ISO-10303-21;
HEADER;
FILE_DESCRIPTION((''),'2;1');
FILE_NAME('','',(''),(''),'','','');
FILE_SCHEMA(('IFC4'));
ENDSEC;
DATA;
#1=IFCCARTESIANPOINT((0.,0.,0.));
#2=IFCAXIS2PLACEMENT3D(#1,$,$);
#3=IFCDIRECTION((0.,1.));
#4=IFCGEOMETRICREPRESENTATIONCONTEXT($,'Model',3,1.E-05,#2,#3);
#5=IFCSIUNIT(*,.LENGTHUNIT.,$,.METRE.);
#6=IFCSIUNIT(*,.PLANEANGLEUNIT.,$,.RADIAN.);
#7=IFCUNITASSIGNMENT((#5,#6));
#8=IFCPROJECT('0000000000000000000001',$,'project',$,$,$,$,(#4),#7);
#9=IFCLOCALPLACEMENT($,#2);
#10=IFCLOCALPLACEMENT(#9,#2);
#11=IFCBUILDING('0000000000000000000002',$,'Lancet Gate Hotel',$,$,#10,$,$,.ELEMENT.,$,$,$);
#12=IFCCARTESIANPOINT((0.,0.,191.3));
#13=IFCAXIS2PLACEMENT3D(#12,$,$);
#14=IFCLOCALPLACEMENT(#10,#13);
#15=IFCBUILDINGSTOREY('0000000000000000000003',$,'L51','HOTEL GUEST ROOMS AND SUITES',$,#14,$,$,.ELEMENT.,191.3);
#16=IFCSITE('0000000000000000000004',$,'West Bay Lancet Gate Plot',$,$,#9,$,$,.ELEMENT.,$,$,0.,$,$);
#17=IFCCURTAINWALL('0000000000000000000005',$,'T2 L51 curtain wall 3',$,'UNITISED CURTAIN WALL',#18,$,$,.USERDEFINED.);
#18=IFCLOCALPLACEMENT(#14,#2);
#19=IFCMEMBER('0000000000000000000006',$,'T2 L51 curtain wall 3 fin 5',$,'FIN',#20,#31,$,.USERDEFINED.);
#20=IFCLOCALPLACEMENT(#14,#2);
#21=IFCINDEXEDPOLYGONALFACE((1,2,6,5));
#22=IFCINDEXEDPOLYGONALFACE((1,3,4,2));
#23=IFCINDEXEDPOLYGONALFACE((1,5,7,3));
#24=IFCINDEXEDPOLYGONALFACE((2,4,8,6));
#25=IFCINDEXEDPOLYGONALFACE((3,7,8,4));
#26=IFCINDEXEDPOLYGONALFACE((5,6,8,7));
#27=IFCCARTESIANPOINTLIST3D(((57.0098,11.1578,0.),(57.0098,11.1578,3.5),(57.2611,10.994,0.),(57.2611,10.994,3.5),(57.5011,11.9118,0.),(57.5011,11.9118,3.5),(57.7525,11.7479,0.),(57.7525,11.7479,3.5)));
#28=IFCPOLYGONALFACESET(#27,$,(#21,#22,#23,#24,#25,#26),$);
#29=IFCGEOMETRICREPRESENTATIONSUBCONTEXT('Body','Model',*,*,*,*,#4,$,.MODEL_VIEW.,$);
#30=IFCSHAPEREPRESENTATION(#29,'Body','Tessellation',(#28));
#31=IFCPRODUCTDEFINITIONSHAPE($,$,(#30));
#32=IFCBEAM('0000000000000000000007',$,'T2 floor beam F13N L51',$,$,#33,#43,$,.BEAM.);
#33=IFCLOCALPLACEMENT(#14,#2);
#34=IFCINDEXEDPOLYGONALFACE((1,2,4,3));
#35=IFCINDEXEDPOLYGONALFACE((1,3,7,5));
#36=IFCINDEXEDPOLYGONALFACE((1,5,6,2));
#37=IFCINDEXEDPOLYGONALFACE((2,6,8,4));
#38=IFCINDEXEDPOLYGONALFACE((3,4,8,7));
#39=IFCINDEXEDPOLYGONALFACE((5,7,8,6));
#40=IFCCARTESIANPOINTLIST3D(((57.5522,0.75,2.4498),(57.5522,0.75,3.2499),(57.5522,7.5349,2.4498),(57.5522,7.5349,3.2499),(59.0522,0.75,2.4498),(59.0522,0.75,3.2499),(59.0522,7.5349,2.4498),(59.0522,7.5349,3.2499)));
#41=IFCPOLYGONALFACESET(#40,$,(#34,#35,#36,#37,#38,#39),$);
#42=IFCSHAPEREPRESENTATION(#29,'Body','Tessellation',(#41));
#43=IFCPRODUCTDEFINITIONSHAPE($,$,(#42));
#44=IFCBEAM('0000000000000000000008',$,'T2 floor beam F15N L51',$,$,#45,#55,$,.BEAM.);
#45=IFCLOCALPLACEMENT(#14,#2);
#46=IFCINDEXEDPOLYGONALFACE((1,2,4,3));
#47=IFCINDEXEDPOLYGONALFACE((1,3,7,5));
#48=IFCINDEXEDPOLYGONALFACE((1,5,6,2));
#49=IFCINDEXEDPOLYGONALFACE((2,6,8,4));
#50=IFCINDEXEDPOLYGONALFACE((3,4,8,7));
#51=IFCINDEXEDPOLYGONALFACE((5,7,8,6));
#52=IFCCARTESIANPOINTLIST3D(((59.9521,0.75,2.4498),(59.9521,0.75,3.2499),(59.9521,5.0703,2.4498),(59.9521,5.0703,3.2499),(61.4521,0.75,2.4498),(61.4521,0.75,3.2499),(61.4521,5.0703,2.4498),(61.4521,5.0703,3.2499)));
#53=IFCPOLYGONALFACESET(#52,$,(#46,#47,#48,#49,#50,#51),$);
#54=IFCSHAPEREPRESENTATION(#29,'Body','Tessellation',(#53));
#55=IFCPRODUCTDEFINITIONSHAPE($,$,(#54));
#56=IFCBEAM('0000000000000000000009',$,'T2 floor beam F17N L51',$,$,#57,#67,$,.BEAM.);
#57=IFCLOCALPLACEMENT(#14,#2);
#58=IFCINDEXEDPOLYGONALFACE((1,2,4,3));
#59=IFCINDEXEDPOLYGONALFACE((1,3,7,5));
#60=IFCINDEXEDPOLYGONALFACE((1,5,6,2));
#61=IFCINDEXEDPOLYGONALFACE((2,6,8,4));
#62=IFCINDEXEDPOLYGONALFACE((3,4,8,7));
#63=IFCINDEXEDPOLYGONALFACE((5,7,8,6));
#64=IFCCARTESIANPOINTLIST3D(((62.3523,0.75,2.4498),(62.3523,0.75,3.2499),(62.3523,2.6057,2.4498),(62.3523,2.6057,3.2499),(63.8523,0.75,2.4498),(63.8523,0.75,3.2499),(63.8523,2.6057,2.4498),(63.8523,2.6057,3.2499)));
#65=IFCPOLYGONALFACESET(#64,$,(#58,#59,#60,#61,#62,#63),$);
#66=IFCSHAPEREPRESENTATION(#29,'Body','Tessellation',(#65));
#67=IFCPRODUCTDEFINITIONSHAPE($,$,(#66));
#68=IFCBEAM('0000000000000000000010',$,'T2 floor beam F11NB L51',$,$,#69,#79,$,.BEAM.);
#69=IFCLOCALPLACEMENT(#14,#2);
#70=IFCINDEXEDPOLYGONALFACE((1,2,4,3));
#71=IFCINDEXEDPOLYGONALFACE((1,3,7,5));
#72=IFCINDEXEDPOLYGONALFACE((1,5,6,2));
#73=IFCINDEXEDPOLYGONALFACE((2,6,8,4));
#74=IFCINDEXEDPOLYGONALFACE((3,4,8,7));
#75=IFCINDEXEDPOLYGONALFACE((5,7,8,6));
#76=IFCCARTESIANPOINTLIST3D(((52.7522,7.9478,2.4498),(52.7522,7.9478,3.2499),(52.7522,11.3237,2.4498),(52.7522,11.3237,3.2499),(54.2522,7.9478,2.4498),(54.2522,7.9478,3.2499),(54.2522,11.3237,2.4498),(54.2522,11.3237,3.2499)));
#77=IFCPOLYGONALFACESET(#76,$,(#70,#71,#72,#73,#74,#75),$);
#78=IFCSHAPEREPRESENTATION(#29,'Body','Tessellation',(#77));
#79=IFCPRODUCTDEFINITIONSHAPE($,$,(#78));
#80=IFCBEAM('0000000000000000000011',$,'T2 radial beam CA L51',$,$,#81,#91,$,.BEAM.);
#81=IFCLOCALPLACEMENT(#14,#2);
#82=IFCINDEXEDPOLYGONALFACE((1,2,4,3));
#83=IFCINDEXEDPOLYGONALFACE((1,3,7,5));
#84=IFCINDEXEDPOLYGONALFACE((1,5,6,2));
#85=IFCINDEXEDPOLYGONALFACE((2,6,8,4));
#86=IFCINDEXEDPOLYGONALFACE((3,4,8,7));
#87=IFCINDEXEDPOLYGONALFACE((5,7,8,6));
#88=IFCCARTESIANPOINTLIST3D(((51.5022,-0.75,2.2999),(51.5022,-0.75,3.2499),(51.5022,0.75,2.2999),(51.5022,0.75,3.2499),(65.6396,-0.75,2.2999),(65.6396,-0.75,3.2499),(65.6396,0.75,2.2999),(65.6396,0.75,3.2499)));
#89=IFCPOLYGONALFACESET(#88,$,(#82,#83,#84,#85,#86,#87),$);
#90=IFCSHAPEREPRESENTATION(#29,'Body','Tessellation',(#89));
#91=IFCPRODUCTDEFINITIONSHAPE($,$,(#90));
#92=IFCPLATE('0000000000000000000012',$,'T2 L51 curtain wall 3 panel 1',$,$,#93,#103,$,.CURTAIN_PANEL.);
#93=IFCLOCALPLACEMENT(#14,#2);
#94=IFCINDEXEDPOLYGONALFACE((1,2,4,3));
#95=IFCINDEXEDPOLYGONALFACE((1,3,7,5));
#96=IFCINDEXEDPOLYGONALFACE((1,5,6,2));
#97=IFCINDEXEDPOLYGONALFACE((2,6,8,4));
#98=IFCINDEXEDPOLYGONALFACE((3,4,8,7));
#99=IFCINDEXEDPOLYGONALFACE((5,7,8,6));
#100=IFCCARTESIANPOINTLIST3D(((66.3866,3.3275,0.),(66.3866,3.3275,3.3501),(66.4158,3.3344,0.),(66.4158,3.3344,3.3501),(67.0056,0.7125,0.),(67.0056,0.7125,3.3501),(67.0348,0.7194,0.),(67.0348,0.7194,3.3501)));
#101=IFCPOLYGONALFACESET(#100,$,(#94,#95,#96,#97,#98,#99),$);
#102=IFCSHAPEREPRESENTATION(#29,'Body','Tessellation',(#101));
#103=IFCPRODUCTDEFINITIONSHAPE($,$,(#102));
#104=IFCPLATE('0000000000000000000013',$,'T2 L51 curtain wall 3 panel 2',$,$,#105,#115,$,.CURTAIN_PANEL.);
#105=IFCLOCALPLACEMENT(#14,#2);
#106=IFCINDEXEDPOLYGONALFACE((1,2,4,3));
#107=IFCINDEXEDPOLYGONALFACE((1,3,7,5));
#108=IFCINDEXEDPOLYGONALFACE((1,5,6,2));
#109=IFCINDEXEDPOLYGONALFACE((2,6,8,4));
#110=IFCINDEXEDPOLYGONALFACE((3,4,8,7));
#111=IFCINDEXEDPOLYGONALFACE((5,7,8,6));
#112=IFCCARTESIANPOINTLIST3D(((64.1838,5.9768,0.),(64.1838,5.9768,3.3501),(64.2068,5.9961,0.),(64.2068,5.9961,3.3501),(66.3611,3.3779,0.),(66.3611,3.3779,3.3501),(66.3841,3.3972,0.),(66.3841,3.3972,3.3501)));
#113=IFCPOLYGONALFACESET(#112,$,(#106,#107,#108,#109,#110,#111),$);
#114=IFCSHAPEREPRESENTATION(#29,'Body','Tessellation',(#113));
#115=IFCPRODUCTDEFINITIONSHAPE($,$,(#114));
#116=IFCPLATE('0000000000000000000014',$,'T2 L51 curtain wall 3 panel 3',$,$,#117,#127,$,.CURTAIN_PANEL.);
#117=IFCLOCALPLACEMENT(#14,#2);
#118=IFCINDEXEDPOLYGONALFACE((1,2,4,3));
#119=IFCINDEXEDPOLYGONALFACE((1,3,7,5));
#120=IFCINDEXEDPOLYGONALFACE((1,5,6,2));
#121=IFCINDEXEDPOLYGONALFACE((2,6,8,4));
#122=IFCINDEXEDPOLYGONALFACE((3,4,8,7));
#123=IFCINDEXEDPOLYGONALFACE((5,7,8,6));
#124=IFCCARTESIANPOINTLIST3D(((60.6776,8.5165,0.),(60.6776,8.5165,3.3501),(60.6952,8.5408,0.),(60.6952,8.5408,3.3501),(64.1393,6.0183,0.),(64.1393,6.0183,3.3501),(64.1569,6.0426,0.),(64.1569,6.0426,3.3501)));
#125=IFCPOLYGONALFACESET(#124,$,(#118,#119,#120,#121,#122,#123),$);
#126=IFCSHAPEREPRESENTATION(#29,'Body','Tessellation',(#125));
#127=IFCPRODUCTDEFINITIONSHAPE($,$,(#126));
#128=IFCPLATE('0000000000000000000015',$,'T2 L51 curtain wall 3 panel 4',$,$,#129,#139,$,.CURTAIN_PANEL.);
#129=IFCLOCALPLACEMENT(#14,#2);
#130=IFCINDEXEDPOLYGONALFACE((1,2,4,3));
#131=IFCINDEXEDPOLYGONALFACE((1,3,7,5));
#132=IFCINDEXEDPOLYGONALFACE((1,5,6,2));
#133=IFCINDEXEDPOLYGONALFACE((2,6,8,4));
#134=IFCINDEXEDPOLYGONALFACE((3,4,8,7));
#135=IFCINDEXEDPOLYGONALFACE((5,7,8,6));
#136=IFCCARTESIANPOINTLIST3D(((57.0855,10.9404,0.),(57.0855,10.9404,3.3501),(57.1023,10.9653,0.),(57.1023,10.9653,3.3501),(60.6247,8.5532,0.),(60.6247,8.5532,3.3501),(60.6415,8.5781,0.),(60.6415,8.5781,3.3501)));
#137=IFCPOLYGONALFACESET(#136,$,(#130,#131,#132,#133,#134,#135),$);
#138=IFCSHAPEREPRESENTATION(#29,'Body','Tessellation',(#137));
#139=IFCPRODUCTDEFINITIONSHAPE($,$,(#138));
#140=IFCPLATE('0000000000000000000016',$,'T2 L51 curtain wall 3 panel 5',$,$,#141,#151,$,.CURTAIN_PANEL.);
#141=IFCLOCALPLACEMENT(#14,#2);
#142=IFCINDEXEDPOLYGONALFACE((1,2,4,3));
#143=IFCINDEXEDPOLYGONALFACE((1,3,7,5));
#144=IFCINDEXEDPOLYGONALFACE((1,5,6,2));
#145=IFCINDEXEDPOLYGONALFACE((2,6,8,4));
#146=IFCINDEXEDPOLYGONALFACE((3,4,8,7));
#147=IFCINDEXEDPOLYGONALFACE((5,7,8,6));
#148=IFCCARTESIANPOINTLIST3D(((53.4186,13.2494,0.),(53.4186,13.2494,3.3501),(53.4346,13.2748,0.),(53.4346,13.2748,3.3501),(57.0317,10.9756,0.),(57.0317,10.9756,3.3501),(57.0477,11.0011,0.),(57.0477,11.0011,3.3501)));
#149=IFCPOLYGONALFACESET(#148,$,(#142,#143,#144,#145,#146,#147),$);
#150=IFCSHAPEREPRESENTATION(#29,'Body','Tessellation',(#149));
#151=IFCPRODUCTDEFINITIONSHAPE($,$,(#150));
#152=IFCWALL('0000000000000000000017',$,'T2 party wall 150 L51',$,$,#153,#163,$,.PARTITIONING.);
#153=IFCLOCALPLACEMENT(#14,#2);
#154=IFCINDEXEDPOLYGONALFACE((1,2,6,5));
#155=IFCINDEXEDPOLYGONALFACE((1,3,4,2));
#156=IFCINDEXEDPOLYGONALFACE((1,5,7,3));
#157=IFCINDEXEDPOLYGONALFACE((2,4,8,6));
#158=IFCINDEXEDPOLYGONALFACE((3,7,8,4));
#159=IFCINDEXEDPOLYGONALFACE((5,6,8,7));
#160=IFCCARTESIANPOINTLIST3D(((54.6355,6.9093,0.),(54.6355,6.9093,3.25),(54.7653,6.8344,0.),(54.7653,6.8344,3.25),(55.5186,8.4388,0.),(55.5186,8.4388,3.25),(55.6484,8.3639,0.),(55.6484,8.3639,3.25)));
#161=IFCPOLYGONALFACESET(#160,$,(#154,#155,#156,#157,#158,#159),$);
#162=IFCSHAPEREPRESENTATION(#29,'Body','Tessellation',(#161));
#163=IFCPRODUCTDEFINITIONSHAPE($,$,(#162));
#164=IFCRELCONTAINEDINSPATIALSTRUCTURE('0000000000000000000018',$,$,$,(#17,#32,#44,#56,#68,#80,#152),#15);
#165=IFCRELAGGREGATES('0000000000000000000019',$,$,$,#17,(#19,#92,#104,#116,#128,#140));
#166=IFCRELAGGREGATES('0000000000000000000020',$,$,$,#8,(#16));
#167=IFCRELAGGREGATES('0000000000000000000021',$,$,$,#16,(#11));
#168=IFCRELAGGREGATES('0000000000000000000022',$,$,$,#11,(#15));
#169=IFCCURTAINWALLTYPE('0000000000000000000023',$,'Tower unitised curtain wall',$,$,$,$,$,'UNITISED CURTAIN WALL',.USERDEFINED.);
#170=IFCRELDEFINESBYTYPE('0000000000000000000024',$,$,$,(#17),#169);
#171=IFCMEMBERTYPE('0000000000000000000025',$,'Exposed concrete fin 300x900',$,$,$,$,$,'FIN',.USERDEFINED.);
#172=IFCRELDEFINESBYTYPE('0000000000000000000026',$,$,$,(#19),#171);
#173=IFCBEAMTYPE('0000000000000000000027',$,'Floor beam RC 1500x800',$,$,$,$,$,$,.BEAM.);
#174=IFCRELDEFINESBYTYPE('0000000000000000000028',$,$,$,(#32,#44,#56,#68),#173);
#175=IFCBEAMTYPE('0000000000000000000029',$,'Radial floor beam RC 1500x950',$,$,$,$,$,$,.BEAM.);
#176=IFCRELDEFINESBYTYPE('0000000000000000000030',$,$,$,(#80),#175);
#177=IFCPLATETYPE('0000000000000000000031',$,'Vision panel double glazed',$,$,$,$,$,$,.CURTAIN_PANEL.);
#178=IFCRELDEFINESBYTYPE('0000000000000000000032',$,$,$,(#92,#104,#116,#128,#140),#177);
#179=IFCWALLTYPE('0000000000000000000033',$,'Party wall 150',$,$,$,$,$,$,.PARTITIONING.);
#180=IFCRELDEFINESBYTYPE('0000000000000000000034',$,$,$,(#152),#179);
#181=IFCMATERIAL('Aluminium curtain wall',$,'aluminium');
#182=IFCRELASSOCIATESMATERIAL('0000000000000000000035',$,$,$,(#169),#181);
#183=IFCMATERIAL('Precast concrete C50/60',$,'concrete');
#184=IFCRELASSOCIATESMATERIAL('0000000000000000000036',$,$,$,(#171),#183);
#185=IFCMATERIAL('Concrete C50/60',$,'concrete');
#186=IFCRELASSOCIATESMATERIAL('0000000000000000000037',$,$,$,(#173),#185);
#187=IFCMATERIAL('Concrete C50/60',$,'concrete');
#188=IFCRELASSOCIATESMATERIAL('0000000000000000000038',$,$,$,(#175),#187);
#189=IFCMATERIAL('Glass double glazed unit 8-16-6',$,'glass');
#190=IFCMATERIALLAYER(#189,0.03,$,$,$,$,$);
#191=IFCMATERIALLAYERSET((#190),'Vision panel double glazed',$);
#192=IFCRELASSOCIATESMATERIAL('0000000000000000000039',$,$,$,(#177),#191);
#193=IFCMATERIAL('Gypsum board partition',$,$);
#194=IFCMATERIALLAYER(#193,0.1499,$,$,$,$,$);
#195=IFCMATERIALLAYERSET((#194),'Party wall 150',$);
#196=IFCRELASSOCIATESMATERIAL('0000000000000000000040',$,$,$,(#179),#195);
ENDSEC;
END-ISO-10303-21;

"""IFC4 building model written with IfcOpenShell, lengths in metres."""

from ifc_helpers import new_model, si_unit, direction, frame, frame_2d, origin, origin_2d, place, context, subcontext, project, spatial, rectangle, extrude, material, layer, layer_set, material_profile, profile_set, type_object, element, aggregate, save


model = new_model("IFC4")

# Units and contexts
model_context = context("Model", 3, precision=1e-05, world=origin(), true_north=direction((0.0, 1.0)))
body_context = subcontext(model_context, "Body", "Model", "MODEL_VIEW")
ifc_project = project(units=[si_unit("LENGTHUNIT", "METRE"), si_unit("PLANEANGLEUNIT", "RADIAN")], contexts=[model_context])

# Site, building, storey
site_placement = place(None, origin())
site = spatial("IfcSite", under=ifc_project, at=site_placement, Name="West Bay Lancet Gate Plot", CompositionType="ELEMENT", RefElevation=0.0)
building_placement = place(site_placement, origin())
building = spatial("IfcBuilding", under=site, at=building_placement, Name="Lancet Gate Hotel", CompositionType="ELEMENT")
storey_placement = place(building_placement, frame((0.0, 0.0, 191.3)))
storey = spatial("IfcBuildingStorey", under=building, at=storey_placement, Name="L51", Description="HOTEL GUEST ROOMS AND SUITES", CompositionType="ELEMENT", Elevation=191.3)

# Curtain wall
ifc_material_1 = material(Name="Aluminium curtain wall", Category="aluminium")
curtain_wall_type = type_object("IfcCurtainWallType", Name="Tower unitised curtain wall", ElementType="UNITISED CURTAIN WALL", PredefinedType="USERDEFINED", material=ifc_material_1)
curtain_wall_placement = place(storey_placement, origin())
curtain_wall = element("IfcCurtainWall", 1, at=curtain_wall_placement, inside=storey, type_object=curtain_wall_type, Name="T2 L51 curtain wall 3", ObjectType="UNITISED CURTAIN WALL", PredefinedType="USERDEFINED")

# Member
ifc_material_2 = material(Name="Precast concrete C50/60", Category="concrete")
ifc_material_profile_1 = material_profile(ifc_material_2, rectangle(XDim=0.3, YDim=0.8999, at=origin_2d()), Name="FIN 300x900")
ifc_profile_set_1 = profile_set([ifc_material_profile_1], Name="Precast concrete C50/60")
member_type_1 = type_object("IfcMemberType", Name="Exposed concrete fin 300x900", ElementType="FIN", PredefinedType="USERDEFINED", material=ifc_profile_set_1)
member_1_placement = place(storey_placement, frame((57.3811, 11.4529, 0.0), z_axis=(0.0, 0.0, 1.0), x_axis=(-0.837801, 0.545976, 0.0)))
member_1 = element("IfcMember", 2, at=member_1_placement, type_object=member_type_1, Name="T2 L51 curtain wall 3 fin 5", ObjectType="FIN", PredefinedType="USERDEFINED", context=body_context, shape_type="SweptSolid", body=[
    extrude(rectangle(XDim=0.3, YDim=0.8999, at=origin_2d()), origin(), (0.0, 0.0, 1.0), 3.5),
])

# Beams
ifc_material_3 = material(Name="Concrete C50/60", Category="concrete")
ifc_material_profile_2 = material_profile(ifc_material_3, rectangle(XDim=1.5, YDim=0.8, at=origin_2d()), Name="RC 1500x800")
ifc_profile_set_2 = profile_set([ifc_material_profile_2], Name="Concrete C50/60")
beam_type_1 = type_object("IfcBeamType", Name="Floor beam RC 1500x800", PredefinedType="BEAM", material=ifc_profile_set_2)
beam_1_placement = place(storey_placement, frame((58.3022, 0.75, 2.8499), z_axis=(0.0, 1.0, 0.0), x_axis=(-1.0, 0.0, 0.0)))
element("IfcBeam", 3, at=beam_1_placement, inside=storey, type_object=beam_type_1, Name="T2 floor beam F13N L51", PredefinedType="BEAM", context=body_context, shape_type="SweptSolid", body=[
    extrude(rectangle(XDim=1.5, YDim=0.8, at=origin_2d()), origin(), (0.0, 0.0, 1.0), 6.7849),
])
beam_2_placement = place(storey_placement, frame((60.7021, 0.75, 2.8499), z_axis=(0.0, 1.0, 0.0), x_axis=(-1.0, 0.0, 0.0)))
element("IfcBeam", 4, at=beam_2_placement, inside=storey, type_object=beam_type_1, Name="T2 floor beam F15N L51", PredefinedType="BEAM", context=body_context, shape_type="SweptSolid", body=[
    extrude(rectangle(XDim=1.5, YDim=0.8, at=origin_2d()), origin(), (0.0, 0.0, 1.0), 4.3203),
])
beam_3_placement = place(storey_placement, frame((63.1023, 0.75, 2.8499), z_axis=(0.0, 1.0, 0.0), x_axis=(-1.0, 0.0, 0.0)))
element("IfcBeam", 5, at=beam_3_placement, inside=storey, type_object=beam_type_1, Name="T2 floor beam F17N L51", PredefinedType="BEAM", context=body_context, shape_type="SweptSolid", body=[
    extrude(rectangle(XDim=1.5, YDim=0.8, at=origin_2d()), origin(), (0.0, 0.0, 1.0), 1.8557),
])
beam_4_placement = place(storey_placement, frame((53.5022, 7.9478, 2.8499), z_axis=(0.0, 1.0, 0.0), x_axis=(-1.0, 0.0, 0.0)))
element("IfcBeam", 6, at=beam_4_placement, inside=storey, type_object=beam_type_1, Name="T2 floor beam F11NB L51", PredefinedType="BEAM", context=body_context, shape_type="SweptSolid", body=[
    extrude(rectangle(XDim=1.5, YDim=0.8, at=origin_2d()), origin(), (0.0, 0.0, 1.0), 3.376),
])
ifc_material_4 = material(Name="Concrete C50/60", Category="concrete")
ifc_material_profile_3 = material_profile(ifc_material_4, rectangle(XDim=1.5, YDim=0.95, at=origin_2d()), Name="RC 1500x950")
ifc_profile_set_3 = profile_set([ifc_material_profile_3], Name="Concrete C50/60")
beam_type_2 = type_object("IfcBeamType", Name="Radial floor beam RC 1500x950", PredefinedType="BEAM", material=ifc_profile_set_3)
beam_5_placement = place(storey_placement, frame((65.6396, 0.0, 2.7749), z_axis=(-1.0, 0.0, 0.0), x_axis=(0.0, -1.0, 0.0)))
element("IfcBeam", 7, at=beam_5_placement, inside=storey, type_object=beam_type_2, Name="T2 radial beam CA L51", PredefinedType="BEAM", context=body_context, shape_type="SweptSolid", body=[
    extrude(rectangle(XDim=1.5, YDim=0.95, at=origin_2d()), origin(), (0.0, 0.0, 1.0), 14.1375),
])

# Plates
ifc_material_5 = material(Name="Glass double glazed unit 8-16-6", Category="glass")
ifc_layer_1 = layer(ifc_material_5, 0.03)
ifc_layer_set_1 = layer_set([ifc_layer_1], Name="Vision panel double glazed")
plate_type = type_object("IfcPlateType", Name="Vision panel double glazed", PredefinedType="CURTAIN_PANEL", material=ifc_layer_set_1)
plate_1_placement = place(storey_placement, frame((66.7107, 2.0234, 0.0), z_axis=(0.0, 0.0, 1.0), x_axis=(-0.230367, 0.973104, 0.0)))
plate_1 = element("IfcPlate", 8, at=plate_1_placement, type_object=plate_type, Name="T2 L51 curtain wall 3 panel 1", PredefinedType="CURTAIN_PANEL", context=body_context, shape_type="SweptSolid", body=[
    extrude(rectangle(XDim=2.6873, YDim=0.03, at=origin_2d()), origin(), (0.0, 0.0, 1.0), 3.3501),
])
plate_2_placement = place(storey_placement, frame((65.2839, 4.687, 0.0), z_axis=(0.0, 0.0, 1.0), x_axis=(-0.642199, 0.766538, 0.0)))
plate_2 = element("IfcPlate", 9, at=plate_2_placement, type_object=plate_type, Name="T2 L51 curtain wall 3 panel 2", PredefinedType="CURTAIN_PANEL", context=body_context, shape_type="SweptSolid", body=[
    extrude(rectangle(XDim=3.3904, YDim=0.03, at=origin_2d()), origin(), (0.0, 0.0, 1.0), 3.3501),
])
plate_3_placement = place(storey_placement, frame((62.4172, 7.2795, 0.0), z_axis=(0.0, 0.0, 1.0), x_axis=(-0.810891, 0.585197, 0.0)))
plate_3 = element("IfcPlate", 10, at=plate_3_placement, type_object=plate_type, Name="T2 L51 curtain wall 3 panel 3", PredefinedType="CURTAIN_PANEL", context=body_context, shape_type="SweptSolid", body=[
    extrude(rectangle(XDim=4.269, YDim=0.03, at=origin_2d()), origin(), (0.0, 0.0, 1.0), 3.3501),
])
plate_4_placement = place(storey_placement, frame((58.8635, 9.7593, 0.0), z_axis=(0.0, 0.0, 1.0), x_axis=(-0.829039, 0.559191, 0.0)))
plate_4 = element("IfcPlate", 11, at=plate_4_placement, type_object=plate_type, Name="T2 L51 curtain wall 3 panel 4", PredefinedType="CURTAIN_PANEL", context=body_context, shape_type="SweptSolid", body=[
    extrude(rectangle(XDim=4.269, YDim=0.03, at=origin_2d()), origin(), (0.0, 0.0, 1.0), 3.3501),
])
plate_5_placement = place(storey_placement, frame((55.2332, 12.1252, 0.0), z_axis=(0.0, 0.0, 1.0), x_axis=(-0.846352, 0.532623, 0.0)))
plate_5 = element("IfcPlate", 12, at=plate_5_placement, type_object=plate_type, Name="T2 L51 curtain wall 3 panel 5", PredefinedType="CURTAIN_PANEL", context=body_context, shape_type="SweptSolid", body=[
    extrude(rectangle(XDim=4.269, YDim=0.03, at=origin_2d()), origin(), (0.0, 0.0, 1.0), 3.3501),
])
aggregate(curtain_wall, [member_1, plate_1, plate_2, plate_3, plate_4, plate_5])

# Wall
ifc_material_6 = material(Name="Gypsum board partition")
ifc_layer_2 = layer(ifc_material_6, 0.1499)
ifc_layer_set_2 = layer_set([ifc_layer_2], Name="Party wall 150")
wall_type = type_object("IfcWallType", Name="Party wall 150", PredefinedType="PARTITIONING", material=ifc_layer_set_2)
wall_placement = place(storey_placement, frame((54.7004, 6.8718, 0.0), z_axis=(0.0, 0.0, 1.0), x_axis=(0.49999, 0.866031, 0.0)))
element("IfcWall", 13, at=wall_placement, inside=storey, type_object=wall_type, Name="T2 party wall 150 L51", PredefinedType="PARTITIONING", context=body_context, shape_type="SweptSolid", body=[
    extrude(rectangle(XDim=1.7661, YDim=0.1499, at=frame_2d((0.8831, 0.0))), origin(), (0.0, 0.0, 1.0), 3.25),
])

save(model, "model.ifc")
